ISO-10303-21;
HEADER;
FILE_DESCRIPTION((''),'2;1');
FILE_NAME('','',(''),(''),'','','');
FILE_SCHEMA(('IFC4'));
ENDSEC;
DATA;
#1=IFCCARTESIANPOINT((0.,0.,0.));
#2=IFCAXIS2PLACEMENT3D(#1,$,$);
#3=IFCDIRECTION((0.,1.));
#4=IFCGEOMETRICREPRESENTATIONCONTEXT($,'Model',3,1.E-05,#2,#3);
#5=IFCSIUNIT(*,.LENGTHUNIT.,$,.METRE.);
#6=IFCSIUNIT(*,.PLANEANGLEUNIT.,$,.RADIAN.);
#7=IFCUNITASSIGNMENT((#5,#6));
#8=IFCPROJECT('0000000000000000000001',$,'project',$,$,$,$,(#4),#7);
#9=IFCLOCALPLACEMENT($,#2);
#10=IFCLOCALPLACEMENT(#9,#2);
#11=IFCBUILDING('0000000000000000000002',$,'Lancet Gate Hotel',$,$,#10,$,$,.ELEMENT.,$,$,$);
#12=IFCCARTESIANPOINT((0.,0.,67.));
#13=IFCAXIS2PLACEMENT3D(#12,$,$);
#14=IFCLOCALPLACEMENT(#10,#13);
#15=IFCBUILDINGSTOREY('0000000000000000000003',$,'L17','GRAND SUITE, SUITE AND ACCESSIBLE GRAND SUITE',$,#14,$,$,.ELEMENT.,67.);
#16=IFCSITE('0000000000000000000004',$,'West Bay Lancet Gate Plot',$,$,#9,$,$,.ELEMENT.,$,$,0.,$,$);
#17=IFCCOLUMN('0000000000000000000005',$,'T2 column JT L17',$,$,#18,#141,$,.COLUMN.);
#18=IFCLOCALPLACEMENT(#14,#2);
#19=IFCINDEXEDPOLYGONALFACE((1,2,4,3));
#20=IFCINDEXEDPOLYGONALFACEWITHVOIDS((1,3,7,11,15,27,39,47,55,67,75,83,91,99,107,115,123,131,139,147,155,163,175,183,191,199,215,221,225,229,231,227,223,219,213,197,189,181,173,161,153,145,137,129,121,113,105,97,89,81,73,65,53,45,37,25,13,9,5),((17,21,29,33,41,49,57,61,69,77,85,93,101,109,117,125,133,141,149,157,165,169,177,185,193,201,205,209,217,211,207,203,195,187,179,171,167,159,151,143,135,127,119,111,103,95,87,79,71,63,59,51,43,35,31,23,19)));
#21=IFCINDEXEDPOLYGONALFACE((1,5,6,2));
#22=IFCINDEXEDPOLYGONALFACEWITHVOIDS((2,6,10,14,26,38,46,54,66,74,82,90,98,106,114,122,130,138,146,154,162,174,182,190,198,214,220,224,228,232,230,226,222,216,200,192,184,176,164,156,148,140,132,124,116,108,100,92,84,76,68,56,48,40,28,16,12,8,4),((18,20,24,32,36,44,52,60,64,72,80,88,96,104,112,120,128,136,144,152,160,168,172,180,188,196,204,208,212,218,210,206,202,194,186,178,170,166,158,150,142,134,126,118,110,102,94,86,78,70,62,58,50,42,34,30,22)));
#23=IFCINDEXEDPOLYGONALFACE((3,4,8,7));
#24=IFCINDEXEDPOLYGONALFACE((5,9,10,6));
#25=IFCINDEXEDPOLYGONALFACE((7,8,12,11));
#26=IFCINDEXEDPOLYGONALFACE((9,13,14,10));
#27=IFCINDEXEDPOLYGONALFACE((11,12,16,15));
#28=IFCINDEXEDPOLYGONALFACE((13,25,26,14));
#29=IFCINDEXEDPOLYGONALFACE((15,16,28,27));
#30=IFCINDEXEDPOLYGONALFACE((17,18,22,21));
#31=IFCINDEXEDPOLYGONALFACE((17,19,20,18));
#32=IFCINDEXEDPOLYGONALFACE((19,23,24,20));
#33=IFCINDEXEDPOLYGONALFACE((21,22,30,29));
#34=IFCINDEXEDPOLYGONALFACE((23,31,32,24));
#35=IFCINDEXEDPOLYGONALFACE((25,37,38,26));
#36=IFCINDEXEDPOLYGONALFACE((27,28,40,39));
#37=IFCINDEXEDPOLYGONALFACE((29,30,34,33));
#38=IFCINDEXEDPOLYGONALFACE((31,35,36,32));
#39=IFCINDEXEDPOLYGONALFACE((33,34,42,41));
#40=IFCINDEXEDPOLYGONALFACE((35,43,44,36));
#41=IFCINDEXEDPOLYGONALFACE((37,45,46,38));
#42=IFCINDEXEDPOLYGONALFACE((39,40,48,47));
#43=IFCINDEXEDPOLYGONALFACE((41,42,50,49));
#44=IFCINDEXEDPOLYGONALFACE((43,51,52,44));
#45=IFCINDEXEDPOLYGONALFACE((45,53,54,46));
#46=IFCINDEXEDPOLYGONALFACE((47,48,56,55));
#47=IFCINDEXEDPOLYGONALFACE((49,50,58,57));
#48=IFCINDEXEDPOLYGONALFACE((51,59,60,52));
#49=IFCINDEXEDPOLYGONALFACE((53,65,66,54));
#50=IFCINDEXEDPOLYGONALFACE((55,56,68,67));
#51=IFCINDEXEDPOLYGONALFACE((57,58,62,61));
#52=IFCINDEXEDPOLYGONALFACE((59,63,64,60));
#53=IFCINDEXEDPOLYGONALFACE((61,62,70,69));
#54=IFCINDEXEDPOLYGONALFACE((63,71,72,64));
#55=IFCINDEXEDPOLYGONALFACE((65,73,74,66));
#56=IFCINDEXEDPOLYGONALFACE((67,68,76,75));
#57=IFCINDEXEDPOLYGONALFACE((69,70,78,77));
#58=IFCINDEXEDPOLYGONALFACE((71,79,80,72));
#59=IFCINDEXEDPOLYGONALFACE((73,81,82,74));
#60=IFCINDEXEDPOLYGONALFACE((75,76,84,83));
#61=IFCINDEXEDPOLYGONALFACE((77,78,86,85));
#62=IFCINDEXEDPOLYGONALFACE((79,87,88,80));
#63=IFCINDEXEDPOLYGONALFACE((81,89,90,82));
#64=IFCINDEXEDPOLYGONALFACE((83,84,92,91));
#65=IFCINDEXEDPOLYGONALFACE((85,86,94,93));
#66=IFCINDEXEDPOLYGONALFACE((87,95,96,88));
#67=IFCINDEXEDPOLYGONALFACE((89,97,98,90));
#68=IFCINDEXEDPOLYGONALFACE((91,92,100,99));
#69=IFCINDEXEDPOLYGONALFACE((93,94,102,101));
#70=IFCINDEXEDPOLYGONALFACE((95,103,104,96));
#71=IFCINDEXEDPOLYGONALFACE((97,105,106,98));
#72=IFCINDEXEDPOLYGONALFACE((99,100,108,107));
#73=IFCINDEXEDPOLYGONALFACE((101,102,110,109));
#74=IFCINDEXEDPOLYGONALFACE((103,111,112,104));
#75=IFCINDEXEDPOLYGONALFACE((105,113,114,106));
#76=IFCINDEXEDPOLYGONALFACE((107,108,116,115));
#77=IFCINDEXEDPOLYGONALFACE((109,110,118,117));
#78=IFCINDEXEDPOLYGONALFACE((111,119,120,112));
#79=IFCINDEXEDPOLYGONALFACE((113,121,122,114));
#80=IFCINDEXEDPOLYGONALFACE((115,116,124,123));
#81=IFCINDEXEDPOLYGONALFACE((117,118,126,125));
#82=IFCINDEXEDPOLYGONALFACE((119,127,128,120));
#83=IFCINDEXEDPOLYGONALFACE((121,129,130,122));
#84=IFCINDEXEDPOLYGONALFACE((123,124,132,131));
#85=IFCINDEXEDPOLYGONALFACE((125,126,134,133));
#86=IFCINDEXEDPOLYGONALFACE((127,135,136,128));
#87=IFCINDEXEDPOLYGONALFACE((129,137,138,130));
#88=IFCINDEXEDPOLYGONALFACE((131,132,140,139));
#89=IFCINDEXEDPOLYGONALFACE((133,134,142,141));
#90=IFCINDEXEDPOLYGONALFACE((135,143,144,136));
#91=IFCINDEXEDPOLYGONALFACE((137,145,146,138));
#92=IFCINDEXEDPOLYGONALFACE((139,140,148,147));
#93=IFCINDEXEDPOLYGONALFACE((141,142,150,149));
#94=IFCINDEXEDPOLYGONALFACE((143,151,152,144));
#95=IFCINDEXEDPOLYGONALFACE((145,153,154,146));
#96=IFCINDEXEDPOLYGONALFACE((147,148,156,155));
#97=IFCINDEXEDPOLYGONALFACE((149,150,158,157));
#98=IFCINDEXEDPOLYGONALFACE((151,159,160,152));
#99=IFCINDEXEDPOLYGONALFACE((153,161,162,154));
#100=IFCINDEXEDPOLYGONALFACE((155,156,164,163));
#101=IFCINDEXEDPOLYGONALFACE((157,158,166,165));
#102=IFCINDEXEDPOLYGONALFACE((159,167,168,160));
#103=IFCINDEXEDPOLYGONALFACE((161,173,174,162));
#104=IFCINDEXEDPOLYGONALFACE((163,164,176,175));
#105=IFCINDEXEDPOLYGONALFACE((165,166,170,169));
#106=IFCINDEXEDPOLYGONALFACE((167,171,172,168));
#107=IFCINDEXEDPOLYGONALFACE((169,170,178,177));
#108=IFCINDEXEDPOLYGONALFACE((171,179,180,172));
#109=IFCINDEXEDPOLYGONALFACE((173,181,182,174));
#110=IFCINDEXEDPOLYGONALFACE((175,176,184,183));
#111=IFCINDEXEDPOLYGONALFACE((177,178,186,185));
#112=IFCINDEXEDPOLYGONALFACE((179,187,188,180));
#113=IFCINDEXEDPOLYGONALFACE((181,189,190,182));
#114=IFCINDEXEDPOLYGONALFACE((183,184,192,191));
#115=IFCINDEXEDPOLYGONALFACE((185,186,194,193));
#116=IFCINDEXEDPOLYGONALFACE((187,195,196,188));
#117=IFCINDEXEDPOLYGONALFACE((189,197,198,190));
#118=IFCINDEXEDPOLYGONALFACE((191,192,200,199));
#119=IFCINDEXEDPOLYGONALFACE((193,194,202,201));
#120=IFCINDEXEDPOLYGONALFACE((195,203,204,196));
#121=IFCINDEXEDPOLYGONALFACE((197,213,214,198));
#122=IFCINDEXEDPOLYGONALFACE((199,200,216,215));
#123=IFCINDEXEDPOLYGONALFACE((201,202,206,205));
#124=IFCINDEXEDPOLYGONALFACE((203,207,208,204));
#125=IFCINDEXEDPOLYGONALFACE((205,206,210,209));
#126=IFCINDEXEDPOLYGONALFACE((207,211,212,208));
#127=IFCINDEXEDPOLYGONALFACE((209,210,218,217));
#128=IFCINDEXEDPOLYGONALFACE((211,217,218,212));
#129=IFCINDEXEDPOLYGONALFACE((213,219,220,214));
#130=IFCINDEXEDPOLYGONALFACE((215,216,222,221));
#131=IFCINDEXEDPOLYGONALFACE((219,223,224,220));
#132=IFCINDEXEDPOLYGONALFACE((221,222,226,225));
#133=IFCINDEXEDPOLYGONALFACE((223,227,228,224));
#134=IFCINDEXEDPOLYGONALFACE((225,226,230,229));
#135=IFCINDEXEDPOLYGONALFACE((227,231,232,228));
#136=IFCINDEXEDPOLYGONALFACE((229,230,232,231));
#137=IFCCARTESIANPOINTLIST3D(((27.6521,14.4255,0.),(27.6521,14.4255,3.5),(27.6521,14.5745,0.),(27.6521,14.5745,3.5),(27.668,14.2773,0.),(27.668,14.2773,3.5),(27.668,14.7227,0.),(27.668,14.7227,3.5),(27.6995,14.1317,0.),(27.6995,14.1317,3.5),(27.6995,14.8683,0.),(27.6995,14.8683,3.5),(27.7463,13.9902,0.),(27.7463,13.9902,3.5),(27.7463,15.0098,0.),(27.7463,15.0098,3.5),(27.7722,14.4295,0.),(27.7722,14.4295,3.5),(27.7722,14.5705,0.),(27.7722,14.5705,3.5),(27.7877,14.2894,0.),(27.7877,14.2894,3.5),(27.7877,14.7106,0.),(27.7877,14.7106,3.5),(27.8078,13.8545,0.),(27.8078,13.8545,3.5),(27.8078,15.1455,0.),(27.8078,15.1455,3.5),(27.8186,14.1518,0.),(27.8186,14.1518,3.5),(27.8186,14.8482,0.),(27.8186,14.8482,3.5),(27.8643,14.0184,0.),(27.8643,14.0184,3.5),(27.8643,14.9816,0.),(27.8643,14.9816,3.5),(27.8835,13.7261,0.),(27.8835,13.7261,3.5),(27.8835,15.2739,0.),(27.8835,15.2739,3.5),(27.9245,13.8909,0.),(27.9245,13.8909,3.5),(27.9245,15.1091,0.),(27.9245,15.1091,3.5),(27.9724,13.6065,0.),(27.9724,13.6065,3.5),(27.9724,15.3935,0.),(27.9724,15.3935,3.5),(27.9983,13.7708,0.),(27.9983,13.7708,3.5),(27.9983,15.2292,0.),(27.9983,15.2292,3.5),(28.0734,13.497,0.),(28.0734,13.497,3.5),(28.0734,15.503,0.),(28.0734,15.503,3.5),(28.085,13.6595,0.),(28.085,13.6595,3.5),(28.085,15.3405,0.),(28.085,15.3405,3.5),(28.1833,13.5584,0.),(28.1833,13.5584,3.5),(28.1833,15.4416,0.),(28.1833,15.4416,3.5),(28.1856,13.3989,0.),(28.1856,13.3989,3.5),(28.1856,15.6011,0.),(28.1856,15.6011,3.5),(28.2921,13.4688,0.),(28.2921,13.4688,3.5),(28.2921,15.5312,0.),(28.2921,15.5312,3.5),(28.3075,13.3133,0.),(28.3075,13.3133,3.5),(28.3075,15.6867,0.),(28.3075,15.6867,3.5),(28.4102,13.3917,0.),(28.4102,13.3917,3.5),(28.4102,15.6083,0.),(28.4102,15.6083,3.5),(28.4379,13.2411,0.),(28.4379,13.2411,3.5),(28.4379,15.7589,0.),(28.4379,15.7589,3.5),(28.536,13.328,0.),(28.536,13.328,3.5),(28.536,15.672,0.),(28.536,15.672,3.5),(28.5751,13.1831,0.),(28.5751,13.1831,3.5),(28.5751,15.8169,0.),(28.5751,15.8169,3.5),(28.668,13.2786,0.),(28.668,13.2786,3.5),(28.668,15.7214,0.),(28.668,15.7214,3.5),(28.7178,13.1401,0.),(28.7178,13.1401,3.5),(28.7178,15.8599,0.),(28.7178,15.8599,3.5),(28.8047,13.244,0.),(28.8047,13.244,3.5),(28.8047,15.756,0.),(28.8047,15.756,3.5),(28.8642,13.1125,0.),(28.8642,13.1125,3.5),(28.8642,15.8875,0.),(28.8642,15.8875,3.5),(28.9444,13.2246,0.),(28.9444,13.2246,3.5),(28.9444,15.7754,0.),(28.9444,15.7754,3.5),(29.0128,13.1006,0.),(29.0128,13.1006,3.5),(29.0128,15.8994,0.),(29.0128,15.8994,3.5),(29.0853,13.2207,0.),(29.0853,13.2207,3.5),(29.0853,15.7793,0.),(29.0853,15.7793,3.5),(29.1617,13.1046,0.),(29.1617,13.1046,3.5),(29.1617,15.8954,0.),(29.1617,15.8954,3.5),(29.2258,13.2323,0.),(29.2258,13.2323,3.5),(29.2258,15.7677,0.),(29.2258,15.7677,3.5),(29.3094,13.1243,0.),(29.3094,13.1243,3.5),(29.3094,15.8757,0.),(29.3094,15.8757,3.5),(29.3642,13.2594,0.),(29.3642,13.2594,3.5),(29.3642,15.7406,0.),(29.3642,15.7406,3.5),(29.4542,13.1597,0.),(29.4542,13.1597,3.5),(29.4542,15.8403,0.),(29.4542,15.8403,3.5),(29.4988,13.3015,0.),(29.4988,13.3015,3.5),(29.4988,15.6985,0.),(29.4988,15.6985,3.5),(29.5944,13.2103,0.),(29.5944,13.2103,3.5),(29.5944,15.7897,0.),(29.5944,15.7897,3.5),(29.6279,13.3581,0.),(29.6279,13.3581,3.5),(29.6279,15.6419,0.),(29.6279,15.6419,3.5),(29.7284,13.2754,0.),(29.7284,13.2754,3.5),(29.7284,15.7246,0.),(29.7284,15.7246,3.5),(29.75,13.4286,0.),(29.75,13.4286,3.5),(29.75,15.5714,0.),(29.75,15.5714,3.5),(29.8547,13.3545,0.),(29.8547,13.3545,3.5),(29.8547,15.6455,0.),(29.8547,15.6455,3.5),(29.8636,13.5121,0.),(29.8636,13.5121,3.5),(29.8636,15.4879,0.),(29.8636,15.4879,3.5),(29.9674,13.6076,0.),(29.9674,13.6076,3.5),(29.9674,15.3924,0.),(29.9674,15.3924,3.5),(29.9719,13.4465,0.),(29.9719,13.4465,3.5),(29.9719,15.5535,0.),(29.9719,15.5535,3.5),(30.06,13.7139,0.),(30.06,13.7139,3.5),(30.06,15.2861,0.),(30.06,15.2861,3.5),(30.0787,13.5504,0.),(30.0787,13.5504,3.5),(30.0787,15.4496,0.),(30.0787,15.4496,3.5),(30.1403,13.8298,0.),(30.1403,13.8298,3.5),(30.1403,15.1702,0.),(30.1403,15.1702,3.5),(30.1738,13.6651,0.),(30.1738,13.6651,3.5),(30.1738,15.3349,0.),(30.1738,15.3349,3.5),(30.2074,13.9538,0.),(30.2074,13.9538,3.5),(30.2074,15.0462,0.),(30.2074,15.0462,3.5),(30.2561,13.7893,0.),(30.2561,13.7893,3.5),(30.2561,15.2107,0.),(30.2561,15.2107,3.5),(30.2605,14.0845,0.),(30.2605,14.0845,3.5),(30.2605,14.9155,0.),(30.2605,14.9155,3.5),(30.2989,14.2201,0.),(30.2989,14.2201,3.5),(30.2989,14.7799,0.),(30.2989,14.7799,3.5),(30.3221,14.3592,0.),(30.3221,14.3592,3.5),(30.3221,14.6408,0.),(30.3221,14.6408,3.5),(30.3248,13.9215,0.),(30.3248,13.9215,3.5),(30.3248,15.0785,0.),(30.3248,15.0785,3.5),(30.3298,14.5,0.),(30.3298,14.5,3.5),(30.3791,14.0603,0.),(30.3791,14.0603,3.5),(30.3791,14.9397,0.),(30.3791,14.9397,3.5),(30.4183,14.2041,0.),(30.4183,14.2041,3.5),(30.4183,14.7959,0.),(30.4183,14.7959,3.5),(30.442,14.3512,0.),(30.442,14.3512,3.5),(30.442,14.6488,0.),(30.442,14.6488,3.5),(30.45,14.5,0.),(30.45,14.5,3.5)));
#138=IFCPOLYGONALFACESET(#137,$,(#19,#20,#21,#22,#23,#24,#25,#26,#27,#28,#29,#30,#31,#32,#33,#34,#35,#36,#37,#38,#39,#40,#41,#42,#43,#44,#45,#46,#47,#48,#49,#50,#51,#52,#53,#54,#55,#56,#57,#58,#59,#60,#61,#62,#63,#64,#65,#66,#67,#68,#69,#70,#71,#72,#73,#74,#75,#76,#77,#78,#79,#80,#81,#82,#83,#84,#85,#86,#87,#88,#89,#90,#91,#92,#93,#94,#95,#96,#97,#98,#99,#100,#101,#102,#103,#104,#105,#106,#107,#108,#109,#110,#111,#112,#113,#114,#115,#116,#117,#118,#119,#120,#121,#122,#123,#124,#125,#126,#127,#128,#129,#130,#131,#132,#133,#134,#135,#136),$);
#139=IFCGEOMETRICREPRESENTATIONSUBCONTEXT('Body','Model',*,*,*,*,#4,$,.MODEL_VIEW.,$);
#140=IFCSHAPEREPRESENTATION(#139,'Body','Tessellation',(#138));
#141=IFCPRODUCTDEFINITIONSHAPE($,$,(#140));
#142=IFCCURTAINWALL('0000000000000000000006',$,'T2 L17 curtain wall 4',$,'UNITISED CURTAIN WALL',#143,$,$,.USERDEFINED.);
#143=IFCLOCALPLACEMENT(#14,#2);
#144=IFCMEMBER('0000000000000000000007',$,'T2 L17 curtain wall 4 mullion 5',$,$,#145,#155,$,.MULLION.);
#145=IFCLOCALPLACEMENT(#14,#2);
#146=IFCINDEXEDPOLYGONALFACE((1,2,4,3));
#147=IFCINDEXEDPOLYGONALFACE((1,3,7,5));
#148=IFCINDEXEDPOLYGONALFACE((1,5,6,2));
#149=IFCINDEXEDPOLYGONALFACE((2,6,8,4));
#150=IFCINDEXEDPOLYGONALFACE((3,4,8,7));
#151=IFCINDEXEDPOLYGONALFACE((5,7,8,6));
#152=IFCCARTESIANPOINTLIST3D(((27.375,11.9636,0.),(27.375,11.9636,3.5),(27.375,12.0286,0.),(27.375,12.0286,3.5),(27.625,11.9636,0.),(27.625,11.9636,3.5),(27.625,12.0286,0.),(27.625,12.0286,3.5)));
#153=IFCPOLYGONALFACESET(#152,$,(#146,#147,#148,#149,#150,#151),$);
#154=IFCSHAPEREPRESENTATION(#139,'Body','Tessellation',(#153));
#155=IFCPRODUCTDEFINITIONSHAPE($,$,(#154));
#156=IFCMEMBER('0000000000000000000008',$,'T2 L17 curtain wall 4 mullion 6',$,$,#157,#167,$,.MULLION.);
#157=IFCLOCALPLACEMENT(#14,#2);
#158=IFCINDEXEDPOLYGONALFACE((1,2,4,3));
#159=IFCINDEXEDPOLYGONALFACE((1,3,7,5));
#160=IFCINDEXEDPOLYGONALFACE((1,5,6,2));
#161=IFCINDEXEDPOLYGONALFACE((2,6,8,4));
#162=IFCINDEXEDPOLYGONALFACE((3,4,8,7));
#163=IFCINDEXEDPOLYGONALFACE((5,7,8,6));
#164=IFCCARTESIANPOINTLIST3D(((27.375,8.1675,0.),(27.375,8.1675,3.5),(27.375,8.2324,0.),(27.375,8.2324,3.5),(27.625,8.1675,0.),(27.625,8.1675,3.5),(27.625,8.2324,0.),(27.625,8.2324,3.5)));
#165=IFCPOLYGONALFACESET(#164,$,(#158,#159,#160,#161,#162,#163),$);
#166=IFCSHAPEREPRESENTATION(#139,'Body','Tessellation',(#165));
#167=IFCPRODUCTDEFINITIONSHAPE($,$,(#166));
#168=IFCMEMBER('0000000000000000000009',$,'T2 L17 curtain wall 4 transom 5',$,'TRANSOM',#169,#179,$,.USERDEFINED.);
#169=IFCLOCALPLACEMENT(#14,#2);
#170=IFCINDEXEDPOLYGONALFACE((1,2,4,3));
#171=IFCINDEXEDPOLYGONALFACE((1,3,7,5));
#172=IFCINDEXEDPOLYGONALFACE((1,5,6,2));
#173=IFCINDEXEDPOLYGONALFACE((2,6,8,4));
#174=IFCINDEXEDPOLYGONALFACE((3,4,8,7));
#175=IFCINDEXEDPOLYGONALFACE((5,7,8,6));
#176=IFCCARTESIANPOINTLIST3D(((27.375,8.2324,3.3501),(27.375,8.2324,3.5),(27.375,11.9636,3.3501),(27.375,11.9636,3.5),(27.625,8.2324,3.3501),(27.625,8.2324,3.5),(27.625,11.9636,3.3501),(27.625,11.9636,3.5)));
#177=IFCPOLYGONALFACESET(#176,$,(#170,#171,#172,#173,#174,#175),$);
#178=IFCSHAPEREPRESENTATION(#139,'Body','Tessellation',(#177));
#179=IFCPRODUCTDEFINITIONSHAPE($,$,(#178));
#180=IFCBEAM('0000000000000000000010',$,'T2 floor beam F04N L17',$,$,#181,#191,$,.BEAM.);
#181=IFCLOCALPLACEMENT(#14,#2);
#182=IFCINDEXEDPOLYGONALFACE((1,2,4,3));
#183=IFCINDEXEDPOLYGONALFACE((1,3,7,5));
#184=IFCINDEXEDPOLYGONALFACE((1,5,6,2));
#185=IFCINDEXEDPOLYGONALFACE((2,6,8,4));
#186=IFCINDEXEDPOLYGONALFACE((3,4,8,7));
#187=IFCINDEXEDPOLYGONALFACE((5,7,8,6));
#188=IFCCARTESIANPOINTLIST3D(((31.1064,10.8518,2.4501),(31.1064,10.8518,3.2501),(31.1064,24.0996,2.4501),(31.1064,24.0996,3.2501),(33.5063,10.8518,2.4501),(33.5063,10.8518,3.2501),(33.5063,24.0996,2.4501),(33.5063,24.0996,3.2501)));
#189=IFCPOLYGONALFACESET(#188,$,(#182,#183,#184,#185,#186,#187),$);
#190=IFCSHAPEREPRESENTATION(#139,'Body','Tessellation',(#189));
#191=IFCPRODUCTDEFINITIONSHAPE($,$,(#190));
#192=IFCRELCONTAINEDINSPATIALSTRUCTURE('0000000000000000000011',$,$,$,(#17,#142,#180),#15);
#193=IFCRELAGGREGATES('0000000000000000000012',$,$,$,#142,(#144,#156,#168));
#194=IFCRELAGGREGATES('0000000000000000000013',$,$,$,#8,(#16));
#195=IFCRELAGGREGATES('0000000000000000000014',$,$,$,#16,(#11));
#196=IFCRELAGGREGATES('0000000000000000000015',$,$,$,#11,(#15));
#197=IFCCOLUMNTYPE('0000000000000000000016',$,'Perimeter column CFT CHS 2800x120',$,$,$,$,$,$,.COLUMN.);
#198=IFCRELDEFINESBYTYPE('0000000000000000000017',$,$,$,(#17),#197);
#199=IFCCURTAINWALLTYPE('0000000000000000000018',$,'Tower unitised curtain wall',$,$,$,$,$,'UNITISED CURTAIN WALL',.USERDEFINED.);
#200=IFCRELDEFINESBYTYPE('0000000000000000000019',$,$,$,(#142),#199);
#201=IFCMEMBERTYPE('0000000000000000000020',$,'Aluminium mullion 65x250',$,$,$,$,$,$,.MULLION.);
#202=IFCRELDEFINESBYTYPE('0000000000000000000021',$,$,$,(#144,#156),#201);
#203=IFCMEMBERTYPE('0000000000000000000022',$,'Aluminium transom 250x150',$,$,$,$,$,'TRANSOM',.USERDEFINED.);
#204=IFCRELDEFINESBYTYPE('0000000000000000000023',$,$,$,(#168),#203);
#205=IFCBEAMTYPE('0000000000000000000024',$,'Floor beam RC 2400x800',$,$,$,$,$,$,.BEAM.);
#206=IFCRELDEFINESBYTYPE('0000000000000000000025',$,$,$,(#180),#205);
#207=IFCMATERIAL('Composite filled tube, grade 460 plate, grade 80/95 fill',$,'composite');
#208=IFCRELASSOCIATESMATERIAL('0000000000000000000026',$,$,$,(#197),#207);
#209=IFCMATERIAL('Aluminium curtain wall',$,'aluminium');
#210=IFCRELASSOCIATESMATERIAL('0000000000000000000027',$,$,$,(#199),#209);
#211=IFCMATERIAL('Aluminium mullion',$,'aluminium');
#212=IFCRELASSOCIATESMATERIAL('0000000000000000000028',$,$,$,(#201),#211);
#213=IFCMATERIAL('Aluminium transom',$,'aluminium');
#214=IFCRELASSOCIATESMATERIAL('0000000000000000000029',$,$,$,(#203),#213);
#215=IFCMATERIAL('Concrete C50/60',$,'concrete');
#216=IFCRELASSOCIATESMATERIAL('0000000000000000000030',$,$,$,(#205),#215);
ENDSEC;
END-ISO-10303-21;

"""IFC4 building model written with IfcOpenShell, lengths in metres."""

from ifc_helpers import new_model, si_unit, direction, frame, origin, origin_2d, place, context, subcontext, project, spatial, rectangle, hollow_circle, extrude, material, material_profile, profile_set, type_object, element, aggregate, save


model = new_model("IFC4")

# Units and contexts
model_context = context("Model", 3, precision=1e-05, world=origin(), true_north=direction((0.0, 1.0)))
body_context = subcontext(model_context, "Body", "Model", "MODEL_VIEW")
ifc_project = project(units=[si_unit("LENGTHUNIT", "METRE"), si_unit("PLANEANGLEUNIT", "RADIAN")], contexts=[model_context])

# Site, building, storey
site_placement = place(None, origin())
site = spatial("IfcSite", under=ifc_project, at=site_placement, Name="West Bay Lancet Gate Plot", CompositionType="ELEMENT", RefElevation=0.0)
building_placement = place(site_placement, origin())
building = spatial("IfcBuilding", under=site, at=building_placement, Name="Lancet Gate Hotel", CompositionType="ELEMENT")
storey_placement = place(building_placement, frame((0.0, 0.0, 67.0)))
storey = spatial("IfcBuildingStorey", under=building, at=storey_placement, Name="L17", Description="GRAND SUITE, SUITE AND ACCESSIBLE GRAND SUITE", CompositionType="ELEMENT", Elevation=67.0)

# Column
ifc_material_1 = material(Name="Composite filled tube, grade 460 plate, grade 80/95 fill", Category="composite")
ifc_material_profile_1 = material_profile(ifc_material_1, hollow_circle(Radius=1.3999, WallThickness=0.1201, at=origin_2d()), Name="CHS 2800x120")
ifc_profile_set_1 = profile_set([ifc_material_profile_1], Name="Composite filled tube, grade 460 plate, grade 80/95 fill")
column_type = type_object("IfcColumnType", Name="Perimeter column CFT CHS 2800x120", PredefinedType="COLUMN", material=ifc_profile_set_1)
for number, where, z_axis, x_axis, name in (
    (1, (29.05, 14.5, 0.0), (0.0, 0.0, 1.0), (1.0, 0.0, 0.0), "T2 column JT L17"),
):
    element("IfcColumn", number, at=place(storey_placement, frame(where, z_axis=z_axis, x_axis=x_axis)), inside=storey, type_object=column_type, Name=name, PredefinedType="COLUMN", context=body_context, shape_type="SweptSolid", body=[
        extrude(hollow_circle(Radius=1.3999, WallThickness=0.1201, at=origin_2d()), origin(), (0.0, 0.0, 1.0), 3.5),
    ])

# Curtain wall, members
ifc_material_2 = material(Name="Aluminium curtain wall", Category="aluminium")
curtain_wall_type = type_object("IfcCurtainWallType", Name="Tower unitised curtain wall", ElementType="UNITISED CURTAIN WALL", PredefinedType="USERDEFINED", material=ifc_material_2)
curtain_wall_placement = place(storey_placement, origin())
curtain_wall = element("IfcCurtainWall", 2, at=curtain_wall_placement, inside=storey, type_object=curtain_wall_type, Name="T2 L17 curtain wall 4", ObjectType="UNITISED CURTAIN WALL", PredefinedType="USERDEFINED")
ifc_material_3 = material(Name="Aluminium mullion", Category="aluminium")
ifc_material_profile_2 = material_profile(ifc_material_3, rectangle(XDim=0.0649, YDim=0.25, at=origin_2d()), Name="MULLION 65x250")
ifc_profile_set_2 = profile_set([ifc_material_profile_2], Name="Aluminium mullion")
member_type_1 = type_object("IfcMemberType", Name="Aluminium mullion 65x250", PredefinedType="MULLION", material=ifc_profile_set_2)
member_1_placement = place(storey_placement, frame((27.5, 11.9961, 0.0), z_axis=(0.0, 0.0, 1.0), x_axis=(0.0, -1.0, 0.0)))
member_1 = element("IfcMember", 3, at=member_1_placement, type_object=member_type_1, Name="T2 L17 curtain wall 4 mullion 5", PredefinedType="MULLION", context=body_context, shape_type="SweptSolid", body=[
    extrude(rectangle(XDim=0.0649, YDim=0.25, at=origin_2d()), origin(), (0.0, 0.0, 1.0), 3.5),
])
member_2_placement = place(storey_placement, frame((27.5, 8.2, 0.0), z_axis=(0.0, 0.0, 1.0), x_axis=(0.0, -1.0, 0.0)))
member_2 = element("IfcMember", 4, at=member_2_placement, type_object=member_type_1, Name="T2 L17 curtain wall 4 mullion 6", PredefinedType="MULLION", context=body_context, shape_type="SweptSolid", body=[
    extrude(rectangle(XDim=0.0649, YDim=0.25, at=origin_2d()), origin(), (0.0, 0.0, 1.0), 3.5),
])
ifc_material_4 = material(Name="Aluminium transom", Category="aluminium")
ifc_material_profile_3 = material_profile(ifc_material_4, rectangle(XDim=0.25, YDim=0.1499, at=origin_2d()), Name="TRANSOM 250x150")
ifc_profile_set_3 = profile_set([ifc_material_profile_3], Name="Aluminium transom")
member_type_2 = type_object("IfcMemberType", Name="Aluminium transom 250x150", ElementType="TRANSOM", PredefinedType="USERDEFINED", material=ifc_profile_set_3)
member_3_placement = place(storey_placement, frame((27.5, 11.9636, 3.425), z_axis=(0.0, -1.0, 0.0), x_axis=(1.0, 0.0, 0.0)))
member_3 = element("IfcMember", 5, at=member_3_placement, type_object=member_type_2, Name="T2 L17 curtain wall 4 transom 5", ObjectType="TRANSOM", PredefinedType="USERDEFINED", context=body_context, shape_type="SweptSolid", body=[
    extrude(rectangle(XDim=0.25, YDim=0.1499, at=origin_2d()), origin(), (0.0, 0.0, 1.0), 3.7312),
])

# Beam
ifc_material_5 = material(Name="Concrete C50/60", Category="concrete")
ifc_material_profile_4 = material_profile(ifc_material_5, rectangle(XDim=2.3999, YDim=0.8, at=origin_2d()), Name="RC 2400x800")
ifc_profile_set_4 = profile_set([ifc_material_profile_4], Name="Concrete C50/60")
beam_type_1 = type_object("IfcBeamType", Name="Floor beam RC 2400x800", PredefinedType="BEAM", material=ifc_profile_set_4)
beam_1_placement = place(storey_placement, frame((32.3064, 10.8518, 2.8501), z_axis=(0.0, 1.0, 0.0), x_axis=(-1.0, 0.0, 0.0)))
element("IfcBeam", 6, at=beam_1_placement, inside=storey, type_object=beam_type_1, Name="T2 floor beam F04N L17", PredefinedType="BEAM", context=body_context, shape_type="SweptSolid", body=[
    extrude(rectangle(XDim=2.3999, YDim=0.8, at=origin_2d()), origin(), (0.0, 0.0, 1.0), 13.2478),
])

aggregate(curtain_wall, [member_1, member_2, member_3])

save(model, "model.ifc")
